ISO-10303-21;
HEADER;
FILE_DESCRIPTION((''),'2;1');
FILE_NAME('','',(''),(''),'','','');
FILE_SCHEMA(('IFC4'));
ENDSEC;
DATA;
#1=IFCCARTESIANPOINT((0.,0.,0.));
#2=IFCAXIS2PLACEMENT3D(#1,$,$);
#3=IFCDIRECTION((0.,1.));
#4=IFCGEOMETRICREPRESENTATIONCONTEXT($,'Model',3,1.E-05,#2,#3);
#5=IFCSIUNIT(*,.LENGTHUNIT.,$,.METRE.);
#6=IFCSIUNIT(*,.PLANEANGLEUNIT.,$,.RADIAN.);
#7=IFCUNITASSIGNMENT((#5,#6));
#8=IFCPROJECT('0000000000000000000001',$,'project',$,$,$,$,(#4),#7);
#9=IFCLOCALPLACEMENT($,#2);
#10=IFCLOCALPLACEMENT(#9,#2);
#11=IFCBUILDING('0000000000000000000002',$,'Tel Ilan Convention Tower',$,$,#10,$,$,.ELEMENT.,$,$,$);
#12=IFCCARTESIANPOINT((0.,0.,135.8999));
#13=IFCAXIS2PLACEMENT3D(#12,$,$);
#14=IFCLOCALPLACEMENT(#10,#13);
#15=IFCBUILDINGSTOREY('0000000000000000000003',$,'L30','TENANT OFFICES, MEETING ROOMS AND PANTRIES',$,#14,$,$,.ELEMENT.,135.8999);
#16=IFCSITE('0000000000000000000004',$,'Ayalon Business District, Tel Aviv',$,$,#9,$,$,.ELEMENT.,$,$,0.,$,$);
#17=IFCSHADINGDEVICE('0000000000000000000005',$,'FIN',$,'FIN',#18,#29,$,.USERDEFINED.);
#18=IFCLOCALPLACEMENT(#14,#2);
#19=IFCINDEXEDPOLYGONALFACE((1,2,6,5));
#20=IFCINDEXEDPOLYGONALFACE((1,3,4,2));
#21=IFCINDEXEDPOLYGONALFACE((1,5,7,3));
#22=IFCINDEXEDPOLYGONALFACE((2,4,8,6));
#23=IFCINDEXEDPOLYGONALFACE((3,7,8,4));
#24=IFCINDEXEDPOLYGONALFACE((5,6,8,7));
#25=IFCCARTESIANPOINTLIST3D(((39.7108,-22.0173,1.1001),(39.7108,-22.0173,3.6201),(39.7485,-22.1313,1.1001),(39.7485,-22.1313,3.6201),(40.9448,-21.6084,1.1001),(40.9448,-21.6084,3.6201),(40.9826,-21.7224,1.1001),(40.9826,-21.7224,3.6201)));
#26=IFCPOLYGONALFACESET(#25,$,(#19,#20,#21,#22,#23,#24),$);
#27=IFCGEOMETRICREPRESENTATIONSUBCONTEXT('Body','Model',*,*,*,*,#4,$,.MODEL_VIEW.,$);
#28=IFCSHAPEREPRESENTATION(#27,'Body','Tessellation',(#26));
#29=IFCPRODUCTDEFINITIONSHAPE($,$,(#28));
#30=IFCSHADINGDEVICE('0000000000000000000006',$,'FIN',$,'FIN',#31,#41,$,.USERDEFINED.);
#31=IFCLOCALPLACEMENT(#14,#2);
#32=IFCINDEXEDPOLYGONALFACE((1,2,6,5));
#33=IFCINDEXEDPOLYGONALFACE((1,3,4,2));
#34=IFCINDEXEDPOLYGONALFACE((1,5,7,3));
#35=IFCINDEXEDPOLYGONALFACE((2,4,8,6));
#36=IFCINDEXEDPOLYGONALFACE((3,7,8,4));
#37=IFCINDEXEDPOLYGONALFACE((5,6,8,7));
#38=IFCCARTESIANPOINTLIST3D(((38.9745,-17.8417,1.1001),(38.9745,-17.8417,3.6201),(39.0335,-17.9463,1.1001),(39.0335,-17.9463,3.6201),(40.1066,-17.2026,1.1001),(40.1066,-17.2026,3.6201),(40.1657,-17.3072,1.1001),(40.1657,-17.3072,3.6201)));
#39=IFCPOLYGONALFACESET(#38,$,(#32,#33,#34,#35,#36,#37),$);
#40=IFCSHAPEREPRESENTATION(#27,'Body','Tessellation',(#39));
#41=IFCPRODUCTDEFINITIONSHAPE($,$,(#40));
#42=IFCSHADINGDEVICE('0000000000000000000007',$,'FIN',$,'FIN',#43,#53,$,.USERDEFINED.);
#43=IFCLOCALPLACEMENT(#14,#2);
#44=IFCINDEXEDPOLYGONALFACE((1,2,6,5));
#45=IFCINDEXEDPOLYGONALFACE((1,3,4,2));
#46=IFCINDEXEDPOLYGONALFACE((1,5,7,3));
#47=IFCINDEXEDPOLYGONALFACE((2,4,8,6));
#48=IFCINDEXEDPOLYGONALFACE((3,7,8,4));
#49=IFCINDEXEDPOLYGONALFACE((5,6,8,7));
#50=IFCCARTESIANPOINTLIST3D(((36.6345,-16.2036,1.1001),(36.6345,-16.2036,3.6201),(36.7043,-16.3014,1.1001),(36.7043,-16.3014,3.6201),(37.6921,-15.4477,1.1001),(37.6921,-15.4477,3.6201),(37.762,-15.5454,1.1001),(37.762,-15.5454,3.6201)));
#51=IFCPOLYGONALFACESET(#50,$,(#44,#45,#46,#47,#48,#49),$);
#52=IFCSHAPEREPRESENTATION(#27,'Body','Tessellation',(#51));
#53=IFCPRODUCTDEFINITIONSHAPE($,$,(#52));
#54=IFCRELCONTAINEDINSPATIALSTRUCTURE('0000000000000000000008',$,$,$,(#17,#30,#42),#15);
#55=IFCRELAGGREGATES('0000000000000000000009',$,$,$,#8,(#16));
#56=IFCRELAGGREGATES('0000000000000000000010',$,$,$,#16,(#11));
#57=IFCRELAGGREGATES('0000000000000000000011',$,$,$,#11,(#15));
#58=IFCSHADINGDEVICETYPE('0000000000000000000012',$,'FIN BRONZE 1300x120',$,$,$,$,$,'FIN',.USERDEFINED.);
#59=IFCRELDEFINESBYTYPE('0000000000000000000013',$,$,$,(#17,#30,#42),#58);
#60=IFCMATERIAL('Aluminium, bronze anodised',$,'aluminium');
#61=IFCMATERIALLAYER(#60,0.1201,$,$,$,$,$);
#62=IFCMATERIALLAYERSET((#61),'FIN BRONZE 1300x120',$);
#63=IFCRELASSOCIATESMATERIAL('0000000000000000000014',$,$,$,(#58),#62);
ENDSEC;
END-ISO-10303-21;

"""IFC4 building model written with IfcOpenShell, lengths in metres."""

from ifc_helpers import new_model, si_unit, direction, frame, origin, origin_2d, place, context, subcontext, project, spatial, rectangle, extrude, material, layer, layer_set, type_object, element, save


model = new_model("IFC4")

# Units and contexts
model_context = context("Model", 3, precision=1e-05, world=origin(), true_north=direction((0.0, 1.0)))
body_context = subcontext(model_context, "Body", "Model", "MODEL_VIEW")
ifc_project = project(units=[si_unit("LENGTHUNIT", "METRE"), si_unit("PLANEANGLEUNIT", "RADIAN")], contexts=[model_context])

# Site, building, storey
site_placement = place(None, origin())
site = spatial("IfcSite", under=ifc_project, at=site_placement, Name="Ayalon Business District, Tel Aviv", CompositionType="ELEMENT", RefElevation=0.0)
building_placement = place(site_placement, origin())
building = spatial("IfcBuilding", under=site, at=building_placement, Name="Tel Ilan Convention Tower", CompositionType="ELEMENT")
storey_placement = place(building_placement, frame((0.0, 0.0, 135.8999)))
storey = spatial("IfcBuildingStorey", under=building, at=storey_placement, Name="L30", Description="TENANT OFFICES, MEETING ROOMS AND PANTRIES", CompositionType="ELEMENT", Elevation=135.8999)

# Shading devices
ifc_material_1 = material(Name="Aluminium, bronze anodised", Category="aluminium")
ifc_layer_1 = layer(ifc_material_1, 0.1201)
ifc_layer_set_1 = layer_set([ifc_layer_1], Name="FIN BRONZE 1300x120")
shading_device_type = type_object("IfcShadingDeviceType", Name="FIN BRONZE 1300x120", ElementType="FIN", PredefinedType="USERDEFINED", material=ifc_layer_set_1)
for number, where, z_axis, x_axis, name in (
    (1, (40.3467, -21.8699, 1.1001), (0.0, 0.0, 1.0), (0.949243, 0.314545, 0.0), "FIN"),
    (2, (39.5701, -17.5745, 1.1001), (0.0, 0.0, 1.0), (0.870833, 0.491579, 0.0), "FIN"),
    (3, (37.1982, -15.8745, 1.1001), (0.0, 0.0, 1.0), (0.813552, 0.581492, 0.0), "FIN"),
):
    element("IfcShadingDevice", number, at=place(storey_placement, frame(where, z_axis=z_axis, x_axis=x_axis)), inside=storey, type_object=shading_device_type, Name=name, ObjectType="FIN", PredefinedType="USERDEFINED", context=body_context, shape_type="SweptSolid", body=[
        extrude(rectangle(XDim=1.3, YDim=0.1201, at=origin_2d()), origin(), (0.0, 0.0, 1.0), 2.52),
    ])

save(model, "model.ifc")
